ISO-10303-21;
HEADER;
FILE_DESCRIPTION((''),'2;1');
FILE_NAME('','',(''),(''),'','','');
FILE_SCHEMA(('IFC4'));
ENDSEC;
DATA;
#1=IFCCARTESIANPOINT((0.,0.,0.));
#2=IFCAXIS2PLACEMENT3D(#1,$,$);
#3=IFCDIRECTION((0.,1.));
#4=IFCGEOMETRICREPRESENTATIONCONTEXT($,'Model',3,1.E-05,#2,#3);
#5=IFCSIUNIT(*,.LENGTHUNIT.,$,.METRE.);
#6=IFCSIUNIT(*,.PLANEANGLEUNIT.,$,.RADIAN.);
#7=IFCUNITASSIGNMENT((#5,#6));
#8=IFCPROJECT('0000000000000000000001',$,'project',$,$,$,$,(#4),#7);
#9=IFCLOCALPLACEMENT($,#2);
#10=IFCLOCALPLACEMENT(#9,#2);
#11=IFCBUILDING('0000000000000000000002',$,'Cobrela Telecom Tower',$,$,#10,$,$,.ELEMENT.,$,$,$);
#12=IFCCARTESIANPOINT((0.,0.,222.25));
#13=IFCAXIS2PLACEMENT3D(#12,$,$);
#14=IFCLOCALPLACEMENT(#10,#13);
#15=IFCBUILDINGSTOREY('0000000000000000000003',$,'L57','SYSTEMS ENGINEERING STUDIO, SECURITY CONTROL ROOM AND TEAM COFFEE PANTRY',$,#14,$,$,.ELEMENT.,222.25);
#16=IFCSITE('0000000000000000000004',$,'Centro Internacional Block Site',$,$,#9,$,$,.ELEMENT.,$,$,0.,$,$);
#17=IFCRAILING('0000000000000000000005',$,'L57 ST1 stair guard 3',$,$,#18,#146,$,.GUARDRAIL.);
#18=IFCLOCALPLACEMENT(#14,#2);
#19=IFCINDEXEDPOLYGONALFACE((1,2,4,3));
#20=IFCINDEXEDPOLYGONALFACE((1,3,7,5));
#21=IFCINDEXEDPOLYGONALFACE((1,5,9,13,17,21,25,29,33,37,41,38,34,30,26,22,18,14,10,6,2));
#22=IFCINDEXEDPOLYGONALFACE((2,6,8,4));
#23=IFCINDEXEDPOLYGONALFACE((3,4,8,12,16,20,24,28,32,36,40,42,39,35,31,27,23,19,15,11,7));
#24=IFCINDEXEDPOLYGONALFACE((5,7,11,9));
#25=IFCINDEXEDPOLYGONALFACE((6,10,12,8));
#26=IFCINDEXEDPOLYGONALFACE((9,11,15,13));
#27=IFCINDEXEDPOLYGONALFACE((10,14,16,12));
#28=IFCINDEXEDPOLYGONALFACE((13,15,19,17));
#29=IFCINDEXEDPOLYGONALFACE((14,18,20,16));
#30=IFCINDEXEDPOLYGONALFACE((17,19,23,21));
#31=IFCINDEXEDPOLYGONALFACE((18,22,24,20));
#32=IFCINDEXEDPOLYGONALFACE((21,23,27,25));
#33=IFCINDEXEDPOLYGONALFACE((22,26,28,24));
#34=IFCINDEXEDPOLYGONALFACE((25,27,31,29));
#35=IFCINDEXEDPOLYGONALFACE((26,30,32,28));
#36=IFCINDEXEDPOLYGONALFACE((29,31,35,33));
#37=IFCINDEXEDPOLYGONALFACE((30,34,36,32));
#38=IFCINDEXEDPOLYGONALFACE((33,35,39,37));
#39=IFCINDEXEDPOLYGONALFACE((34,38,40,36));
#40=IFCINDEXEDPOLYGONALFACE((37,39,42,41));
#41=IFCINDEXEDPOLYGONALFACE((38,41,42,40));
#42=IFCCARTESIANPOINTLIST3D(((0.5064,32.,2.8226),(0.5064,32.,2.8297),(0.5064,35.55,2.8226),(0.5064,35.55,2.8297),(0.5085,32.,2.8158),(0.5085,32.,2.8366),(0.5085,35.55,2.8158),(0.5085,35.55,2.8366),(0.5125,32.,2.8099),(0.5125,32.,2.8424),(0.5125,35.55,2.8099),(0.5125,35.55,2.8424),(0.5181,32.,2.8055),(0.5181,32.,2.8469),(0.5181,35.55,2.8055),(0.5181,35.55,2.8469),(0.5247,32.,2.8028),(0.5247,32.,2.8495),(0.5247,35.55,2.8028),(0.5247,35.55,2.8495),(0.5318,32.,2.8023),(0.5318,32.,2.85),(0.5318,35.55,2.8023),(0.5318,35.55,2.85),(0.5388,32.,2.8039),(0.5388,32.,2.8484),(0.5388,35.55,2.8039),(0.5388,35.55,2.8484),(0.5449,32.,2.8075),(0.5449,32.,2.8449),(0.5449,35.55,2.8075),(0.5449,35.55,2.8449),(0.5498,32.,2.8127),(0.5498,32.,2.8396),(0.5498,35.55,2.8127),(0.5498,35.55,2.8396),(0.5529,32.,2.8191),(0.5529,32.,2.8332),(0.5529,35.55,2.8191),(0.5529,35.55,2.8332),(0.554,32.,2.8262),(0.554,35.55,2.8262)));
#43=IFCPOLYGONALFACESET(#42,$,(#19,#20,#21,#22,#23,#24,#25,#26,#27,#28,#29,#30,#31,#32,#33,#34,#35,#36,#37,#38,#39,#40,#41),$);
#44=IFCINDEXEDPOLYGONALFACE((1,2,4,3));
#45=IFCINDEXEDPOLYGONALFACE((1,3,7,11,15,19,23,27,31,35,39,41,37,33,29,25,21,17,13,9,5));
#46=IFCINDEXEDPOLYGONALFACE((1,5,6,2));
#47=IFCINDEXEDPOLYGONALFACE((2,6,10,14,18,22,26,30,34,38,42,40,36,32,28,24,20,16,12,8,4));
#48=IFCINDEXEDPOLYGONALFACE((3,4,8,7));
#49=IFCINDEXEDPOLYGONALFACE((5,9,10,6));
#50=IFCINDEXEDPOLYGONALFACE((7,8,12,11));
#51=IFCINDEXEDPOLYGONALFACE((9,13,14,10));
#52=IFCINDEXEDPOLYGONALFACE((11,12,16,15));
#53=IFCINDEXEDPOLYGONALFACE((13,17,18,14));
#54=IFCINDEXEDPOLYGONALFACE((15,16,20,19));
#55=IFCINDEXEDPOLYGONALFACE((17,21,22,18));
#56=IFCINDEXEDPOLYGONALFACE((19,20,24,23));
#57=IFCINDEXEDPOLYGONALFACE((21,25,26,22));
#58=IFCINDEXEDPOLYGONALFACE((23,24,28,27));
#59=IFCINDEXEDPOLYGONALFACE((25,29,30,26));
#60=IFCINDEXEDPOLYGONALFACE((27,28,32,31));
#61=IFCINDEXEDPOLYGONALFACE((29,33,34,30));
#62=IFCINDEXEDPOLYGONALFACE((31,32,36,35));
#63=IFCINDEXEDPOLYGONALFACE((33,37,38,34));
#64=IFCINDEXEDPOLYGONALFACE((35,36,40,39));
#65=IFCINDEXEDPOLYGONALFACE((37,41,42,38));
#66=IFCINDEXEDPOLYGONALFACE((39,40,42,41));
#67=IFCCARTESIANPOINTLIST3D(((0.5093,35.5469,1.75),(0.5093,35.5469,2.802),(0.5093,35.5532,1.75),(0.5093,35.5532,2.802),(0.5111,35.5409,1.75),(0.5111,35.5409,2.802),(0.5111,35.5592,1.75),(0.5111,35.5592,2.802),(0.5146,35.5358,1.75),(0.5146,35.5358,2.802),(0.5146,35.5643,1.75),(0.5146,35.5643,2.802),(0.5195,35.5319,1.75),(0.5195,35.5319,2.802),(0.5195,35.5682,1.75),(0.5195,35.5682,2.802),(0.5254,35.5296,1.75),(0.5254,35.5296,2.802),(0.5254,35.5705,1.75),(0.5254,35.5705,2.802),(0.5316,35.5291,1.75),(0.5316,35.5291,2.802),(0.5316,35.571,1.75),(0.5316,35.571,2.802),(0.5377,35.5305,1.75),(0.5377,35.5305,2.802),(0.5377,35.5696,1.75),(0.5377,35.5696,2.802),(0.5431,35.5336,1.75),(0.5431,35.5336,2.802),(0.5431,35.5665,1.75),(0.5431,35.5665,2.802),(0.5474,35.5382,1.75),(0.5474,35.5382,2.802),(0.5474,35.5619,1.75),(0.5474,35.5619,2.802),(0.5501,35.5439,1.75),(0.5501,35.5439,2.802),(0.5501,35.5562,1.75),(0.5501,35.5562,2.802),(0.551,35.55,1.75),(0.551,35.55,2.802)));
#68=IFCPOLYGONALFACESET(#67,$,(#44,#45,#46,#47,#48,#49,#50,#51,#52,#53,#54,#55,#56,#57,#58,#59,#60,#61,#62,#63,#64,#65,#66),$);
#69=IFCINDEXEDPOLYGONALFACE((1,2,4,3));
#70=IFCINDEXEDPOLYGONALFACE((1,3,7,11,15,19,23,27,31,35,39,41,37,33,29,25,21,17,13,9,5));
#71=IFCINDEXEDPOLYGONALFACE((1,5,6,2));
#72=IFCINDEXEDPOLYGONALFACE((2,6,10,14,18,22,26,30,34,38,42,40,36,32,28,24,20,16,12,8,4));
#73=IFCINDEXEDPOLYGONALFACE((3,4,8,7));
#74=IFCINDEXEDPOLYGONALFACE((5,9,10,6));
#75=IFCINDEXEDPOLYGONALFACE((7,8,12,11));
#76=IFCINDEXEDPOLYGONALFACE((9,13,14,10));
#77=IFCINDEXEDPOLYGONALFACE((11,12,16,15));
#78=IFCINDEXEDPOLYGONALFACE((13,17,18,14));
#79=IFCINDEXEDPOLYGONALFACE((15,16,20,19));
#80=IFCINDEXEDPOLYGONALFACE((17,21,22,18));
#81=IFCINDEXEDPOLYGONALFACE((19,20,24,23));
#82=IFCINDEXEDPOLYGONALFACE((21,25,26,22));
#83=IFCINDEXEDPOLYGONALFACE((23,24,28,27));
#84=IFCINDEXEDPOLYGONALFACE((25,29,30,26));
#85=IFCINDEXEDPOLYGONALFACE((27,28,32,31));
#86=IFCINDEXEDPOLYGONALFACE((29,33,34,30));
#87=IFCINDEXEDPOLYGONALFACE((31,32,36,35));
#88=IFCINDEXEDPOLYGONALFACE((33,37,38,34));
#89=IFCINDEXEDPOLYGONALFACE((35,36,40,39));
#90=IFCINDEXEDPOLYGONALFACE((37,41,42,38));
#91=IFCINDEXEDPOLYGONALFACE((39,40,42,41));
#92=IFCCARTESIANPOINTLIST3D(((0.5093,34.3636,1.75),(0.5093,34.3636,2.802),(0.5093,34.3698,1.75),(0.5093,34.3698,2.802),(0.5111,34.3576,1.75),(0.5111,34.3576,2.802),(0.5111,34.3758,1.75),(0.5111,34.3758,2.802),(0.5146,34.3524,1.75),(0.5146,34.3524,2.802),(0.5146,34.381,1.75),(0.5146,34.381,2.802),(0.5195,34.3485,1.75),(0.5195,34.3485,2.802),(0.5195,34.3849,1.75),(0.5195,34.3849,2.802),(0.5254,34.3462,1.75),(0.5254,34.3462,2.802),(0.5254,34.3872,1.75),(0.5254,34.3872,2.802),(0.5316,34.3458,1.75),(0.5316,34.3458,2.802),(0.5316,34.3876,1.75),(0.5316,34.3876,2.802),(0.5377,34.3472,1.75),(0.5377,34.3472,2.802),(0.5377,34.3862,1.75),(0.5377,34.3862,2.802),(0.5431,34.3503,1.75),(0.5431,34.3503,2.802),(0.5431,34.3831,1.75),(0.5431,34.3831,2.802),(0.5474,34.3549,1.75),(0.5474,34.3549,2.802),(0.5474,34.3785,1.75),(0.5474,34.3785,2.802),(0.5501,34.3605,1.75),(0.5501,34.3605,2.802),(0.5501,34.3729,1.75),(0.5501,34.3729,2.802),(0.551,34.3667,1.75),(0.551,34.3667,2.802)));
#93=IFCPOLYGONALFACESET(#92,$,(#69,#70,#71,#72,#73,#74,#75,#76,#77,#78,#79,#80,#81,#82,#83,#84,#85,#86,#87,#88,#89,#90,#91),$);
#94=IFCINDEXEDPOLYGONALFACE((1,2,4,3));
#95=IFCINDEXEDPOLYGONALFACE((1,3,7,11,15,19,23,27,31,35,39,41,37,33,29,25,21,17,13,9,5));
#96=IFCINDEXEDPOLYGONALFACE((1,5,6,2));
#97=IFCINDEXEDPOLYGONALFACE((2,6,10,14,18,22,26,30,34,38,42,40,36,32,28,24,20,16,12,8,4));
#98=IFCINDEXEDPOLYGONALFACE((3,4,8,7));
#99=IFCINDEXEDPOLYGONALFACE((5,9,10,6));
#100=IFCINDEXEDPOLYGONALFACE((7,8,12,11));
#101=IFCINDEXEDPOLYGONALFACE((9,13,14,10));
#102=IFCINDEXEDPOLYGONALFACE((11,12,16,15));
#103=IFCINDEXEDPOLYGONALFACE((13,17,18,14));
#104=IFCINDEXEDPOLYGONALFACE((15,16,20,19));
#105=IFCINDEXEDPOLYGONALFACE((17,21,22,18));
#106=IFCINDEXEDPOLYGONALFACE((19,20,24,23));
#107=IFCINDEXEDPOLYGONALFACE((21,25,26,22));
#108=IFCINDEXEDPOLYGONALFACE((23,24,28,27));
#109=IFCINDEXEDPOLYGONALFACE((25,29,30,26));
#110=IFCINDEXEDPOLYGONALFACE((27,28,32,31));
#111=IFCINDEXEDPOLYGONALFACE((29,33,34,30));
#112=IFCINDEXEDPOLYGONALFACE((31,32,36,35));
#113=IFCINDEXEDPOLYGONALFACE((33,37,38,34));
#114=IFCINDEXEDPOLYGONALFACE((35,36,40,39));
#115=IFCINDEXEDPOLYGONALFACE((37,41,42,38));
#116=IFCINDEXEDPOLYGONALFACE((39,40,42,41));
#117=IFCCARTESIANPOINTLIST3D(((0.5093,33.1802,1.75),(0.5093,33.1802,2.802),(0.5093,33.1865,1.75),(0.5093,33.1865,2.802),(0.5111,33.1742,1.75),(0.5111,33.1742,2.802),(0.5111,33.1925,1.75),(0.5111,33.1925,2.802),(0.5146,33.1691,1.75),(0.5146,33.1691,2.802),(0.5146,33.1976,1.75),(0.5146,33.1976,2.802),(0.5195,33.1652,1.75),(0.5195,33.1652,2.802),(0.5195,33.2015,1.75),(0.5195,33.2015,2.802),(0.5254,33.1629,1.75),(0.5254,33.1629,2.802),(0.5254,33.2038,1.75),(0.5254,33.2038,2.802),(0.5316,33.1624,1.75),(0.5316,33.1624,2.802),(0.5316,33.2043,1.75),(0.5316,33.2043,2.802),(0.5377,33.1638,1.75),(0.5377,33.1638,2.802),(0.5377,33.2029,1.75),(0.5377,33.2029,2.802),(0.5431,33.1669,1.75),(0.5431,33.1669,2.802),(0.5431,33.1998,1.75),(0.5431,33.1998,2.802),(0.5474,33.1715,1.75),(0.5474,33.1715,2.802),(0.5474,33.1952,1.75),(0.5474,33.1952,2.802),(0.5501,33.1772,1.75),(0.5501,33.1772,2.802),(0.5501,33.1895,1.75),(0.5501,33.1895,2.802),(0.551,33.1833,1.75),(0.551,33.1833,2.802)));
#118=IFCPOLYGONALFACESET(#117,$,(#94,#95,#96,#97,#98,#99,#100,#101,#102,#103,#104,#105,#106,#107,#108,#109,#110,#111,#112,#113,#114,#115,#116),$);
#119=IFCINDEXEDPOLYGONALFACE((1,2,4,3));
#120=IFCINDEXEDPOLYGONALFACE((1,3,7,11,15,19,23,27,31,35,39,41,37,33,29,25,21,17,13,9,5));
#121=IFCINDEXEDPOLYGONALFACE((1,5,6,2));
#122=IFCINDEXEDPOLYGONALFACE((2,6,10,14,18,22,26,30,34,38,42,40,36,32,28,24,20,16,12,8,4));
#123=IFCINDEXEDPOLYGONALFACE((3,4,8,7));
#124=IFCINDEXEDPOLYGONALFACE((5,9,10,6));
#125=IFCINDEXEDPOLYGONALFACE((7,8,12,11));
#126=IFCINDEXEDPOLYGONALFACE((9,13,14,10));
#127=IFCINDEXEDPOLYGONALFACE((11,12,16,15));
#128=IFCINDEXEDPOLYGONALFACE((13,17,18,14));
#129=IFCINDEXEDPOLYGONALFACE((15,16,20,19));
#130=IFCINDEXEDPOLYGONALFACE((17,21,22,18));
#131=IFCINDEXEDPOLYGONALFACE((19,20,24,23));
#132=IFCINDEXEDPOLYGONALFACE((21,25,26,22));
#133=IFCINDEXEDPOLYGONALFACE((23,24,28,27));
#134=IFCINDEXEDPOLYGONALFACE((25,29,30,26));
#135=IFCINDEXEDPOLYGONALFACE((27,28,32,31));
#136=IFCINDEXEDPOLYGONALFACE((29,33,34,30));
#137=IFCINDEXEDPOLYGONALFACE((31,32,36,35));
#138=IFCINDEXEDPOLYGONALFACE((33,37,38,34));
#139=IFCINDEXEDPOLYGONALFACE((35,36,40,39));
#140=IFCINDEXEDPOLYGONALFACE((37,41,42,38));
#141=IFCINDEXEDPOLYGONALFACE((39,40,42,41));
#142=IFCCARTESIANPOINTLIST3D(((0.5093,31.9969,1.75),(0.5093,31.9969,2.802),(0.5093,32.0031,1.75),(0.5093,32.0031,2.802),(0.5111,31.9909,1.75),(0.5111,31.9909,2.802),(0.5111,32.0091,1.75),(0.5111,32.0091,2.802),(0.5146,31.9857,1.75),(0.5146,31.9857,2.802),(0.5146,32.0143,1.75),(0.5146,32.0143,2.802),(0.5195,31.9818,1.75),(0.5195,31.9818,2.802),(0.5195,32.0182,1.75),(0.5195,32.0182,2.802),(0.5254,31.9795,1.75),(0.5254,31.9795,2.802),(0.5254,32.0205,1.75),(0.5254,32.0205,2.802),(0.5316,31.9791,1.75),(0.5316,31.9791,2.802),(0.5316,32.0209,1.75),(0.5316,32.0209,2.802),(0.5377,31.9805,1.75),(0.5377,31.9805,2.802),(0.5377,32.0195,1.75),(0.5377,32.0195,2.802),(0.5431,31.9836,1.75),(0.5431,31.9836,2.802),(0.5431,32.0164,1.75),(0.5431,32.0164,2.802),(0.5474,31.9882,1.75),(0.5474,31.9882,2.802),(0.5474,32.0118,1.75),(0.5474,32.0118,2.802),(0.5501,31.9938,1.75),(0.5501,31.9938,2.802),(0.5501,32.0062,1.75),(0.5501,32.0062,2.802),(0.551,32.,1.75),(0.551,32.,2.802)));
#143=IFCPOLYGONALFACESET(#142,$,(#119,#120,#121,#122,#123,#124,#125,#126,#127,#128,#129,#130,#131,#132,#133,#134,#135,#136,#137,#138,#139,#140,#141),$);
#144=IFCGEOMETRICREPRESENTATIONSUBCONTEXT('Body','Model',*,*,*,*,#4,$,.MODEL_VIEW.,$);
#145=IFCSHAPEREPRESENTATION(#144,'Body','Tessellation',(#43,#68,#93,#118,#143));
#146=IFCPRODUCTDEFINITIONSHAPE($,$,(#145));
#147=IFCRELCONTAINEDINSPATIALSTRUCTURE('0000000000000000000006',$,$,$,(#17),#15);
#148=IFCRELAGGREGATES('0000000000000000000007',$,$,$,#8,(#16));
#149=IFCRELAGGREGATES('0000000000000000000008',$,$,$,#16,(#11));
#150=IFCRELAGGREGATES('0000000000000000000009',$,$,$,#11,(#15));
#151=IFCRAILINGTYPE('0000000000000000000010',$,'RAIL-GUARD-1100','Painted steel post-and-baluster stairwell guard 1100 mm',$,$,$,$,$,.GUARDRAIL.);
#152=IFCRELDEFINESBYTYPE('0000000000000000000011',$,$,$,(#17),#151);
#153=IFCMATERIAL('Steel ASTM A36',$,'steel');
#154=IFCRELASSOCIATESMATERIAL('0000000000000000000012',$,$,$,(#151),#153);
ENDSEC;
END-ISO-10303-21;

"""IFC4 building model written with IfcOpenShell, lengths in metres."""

from ifc_helpers import new_model, si_unit, direction, frame, origin, origin_2d, place, context, subcontext, project, spatial, circle, extrude, material, type_object, element, save


model = new_model("IFC4")

# Units and contexts
model_context = context("Model", 3, precision=1e-05, world=origin(), true_north=direction((0.0, 1.0)))
body_context = subcontext(model_context, "Body", "Model", "MODEL_VIEW")
ifc_project = project(units=[si_unit("LENGTHUNIT", "METRE"), si_unit("PLANEANGLEUNIT", "RADIAN")], contexts=[model_context])

# Site, building, storey
site_placement = place(None, origin())
site = spatial("IfcSite", under=ifc_project, at=site_placement, Name="Centro Internacional Block Site", CompositionType="ELEMENT", RefElevation=0.0)
building_placement = place(site_placement, origin())
building = spatial("IfcBuilding", under=site, at=building_placement, Name="Cobrela Telecom Tower", CompositionType="ELEMENT")
storey_placement = place(building_placement, frame((0.0, 0.0, 222.25)))
storey = spatial("IfcBuildingStorey", under=building, at=storey_placement, Name="L57", Description="SYSTEMS ENGINEERING STUDIO, SECURITY CONTROL ROOM AND TEAM COFFEE PANTRY", CompositionType="ELEMENT", Elevation=222.25)

# Shared definitions
ifc_material_1 = material(Name="Steel ASTM A36", Category="steel")

# Railing
railing_type_1 = type_object("IfcRailingType", Name="RAIL-GUARD-1100", Description="Painted steel post-and-baluster stairwell guard 1100 mm", PredefinedType="GUARDRAIL", material=ifc_material_1)
railing_1_placement = place(storey_placement, frame((0.53, 35.55, 1.75)))
element("IfcRailing", 1, at=railing_1_placement, inside=storey, type_object=railing_type_1, Name="L57 ST1 stair guard 3", PredefinedType="GUARDRAIL", context=body_context, shape_type="SweptSolid", body=[
    extrude(circle(Radius=0.0239, at=origin_2d()), frame((0.0, 0.0, 1.0762), z_axis=(0.0, -1.0, 0.0), x_axis=(1.0, 0.0, 0.0)), (0.0, 0.0, 1.0), 3.55),
    extrude(circle(Radius=0.021, at=origin_2d()), origin(), (0.0, 0.0, 1.0), 1.052),
    extrude(circle(Radius=0.021, at=origin_2d()), frame((0.0, -1.1833, 0.0)), (0.0, 0.0, 1.0), 1.052),
    extrude(circle(Radius=0.021, at=origin_2d()), frame((0.0, -2.3667, 0.0)), (0.0, 0.0, 1.0), 1.052),
    extrude(circle(Radius=0.021, at=origin_2d()), frame((0.0, -3.55, 0.0)), (0.0, 0.0, 1.0), 1.052),
])

save(model, "model.ifc")
